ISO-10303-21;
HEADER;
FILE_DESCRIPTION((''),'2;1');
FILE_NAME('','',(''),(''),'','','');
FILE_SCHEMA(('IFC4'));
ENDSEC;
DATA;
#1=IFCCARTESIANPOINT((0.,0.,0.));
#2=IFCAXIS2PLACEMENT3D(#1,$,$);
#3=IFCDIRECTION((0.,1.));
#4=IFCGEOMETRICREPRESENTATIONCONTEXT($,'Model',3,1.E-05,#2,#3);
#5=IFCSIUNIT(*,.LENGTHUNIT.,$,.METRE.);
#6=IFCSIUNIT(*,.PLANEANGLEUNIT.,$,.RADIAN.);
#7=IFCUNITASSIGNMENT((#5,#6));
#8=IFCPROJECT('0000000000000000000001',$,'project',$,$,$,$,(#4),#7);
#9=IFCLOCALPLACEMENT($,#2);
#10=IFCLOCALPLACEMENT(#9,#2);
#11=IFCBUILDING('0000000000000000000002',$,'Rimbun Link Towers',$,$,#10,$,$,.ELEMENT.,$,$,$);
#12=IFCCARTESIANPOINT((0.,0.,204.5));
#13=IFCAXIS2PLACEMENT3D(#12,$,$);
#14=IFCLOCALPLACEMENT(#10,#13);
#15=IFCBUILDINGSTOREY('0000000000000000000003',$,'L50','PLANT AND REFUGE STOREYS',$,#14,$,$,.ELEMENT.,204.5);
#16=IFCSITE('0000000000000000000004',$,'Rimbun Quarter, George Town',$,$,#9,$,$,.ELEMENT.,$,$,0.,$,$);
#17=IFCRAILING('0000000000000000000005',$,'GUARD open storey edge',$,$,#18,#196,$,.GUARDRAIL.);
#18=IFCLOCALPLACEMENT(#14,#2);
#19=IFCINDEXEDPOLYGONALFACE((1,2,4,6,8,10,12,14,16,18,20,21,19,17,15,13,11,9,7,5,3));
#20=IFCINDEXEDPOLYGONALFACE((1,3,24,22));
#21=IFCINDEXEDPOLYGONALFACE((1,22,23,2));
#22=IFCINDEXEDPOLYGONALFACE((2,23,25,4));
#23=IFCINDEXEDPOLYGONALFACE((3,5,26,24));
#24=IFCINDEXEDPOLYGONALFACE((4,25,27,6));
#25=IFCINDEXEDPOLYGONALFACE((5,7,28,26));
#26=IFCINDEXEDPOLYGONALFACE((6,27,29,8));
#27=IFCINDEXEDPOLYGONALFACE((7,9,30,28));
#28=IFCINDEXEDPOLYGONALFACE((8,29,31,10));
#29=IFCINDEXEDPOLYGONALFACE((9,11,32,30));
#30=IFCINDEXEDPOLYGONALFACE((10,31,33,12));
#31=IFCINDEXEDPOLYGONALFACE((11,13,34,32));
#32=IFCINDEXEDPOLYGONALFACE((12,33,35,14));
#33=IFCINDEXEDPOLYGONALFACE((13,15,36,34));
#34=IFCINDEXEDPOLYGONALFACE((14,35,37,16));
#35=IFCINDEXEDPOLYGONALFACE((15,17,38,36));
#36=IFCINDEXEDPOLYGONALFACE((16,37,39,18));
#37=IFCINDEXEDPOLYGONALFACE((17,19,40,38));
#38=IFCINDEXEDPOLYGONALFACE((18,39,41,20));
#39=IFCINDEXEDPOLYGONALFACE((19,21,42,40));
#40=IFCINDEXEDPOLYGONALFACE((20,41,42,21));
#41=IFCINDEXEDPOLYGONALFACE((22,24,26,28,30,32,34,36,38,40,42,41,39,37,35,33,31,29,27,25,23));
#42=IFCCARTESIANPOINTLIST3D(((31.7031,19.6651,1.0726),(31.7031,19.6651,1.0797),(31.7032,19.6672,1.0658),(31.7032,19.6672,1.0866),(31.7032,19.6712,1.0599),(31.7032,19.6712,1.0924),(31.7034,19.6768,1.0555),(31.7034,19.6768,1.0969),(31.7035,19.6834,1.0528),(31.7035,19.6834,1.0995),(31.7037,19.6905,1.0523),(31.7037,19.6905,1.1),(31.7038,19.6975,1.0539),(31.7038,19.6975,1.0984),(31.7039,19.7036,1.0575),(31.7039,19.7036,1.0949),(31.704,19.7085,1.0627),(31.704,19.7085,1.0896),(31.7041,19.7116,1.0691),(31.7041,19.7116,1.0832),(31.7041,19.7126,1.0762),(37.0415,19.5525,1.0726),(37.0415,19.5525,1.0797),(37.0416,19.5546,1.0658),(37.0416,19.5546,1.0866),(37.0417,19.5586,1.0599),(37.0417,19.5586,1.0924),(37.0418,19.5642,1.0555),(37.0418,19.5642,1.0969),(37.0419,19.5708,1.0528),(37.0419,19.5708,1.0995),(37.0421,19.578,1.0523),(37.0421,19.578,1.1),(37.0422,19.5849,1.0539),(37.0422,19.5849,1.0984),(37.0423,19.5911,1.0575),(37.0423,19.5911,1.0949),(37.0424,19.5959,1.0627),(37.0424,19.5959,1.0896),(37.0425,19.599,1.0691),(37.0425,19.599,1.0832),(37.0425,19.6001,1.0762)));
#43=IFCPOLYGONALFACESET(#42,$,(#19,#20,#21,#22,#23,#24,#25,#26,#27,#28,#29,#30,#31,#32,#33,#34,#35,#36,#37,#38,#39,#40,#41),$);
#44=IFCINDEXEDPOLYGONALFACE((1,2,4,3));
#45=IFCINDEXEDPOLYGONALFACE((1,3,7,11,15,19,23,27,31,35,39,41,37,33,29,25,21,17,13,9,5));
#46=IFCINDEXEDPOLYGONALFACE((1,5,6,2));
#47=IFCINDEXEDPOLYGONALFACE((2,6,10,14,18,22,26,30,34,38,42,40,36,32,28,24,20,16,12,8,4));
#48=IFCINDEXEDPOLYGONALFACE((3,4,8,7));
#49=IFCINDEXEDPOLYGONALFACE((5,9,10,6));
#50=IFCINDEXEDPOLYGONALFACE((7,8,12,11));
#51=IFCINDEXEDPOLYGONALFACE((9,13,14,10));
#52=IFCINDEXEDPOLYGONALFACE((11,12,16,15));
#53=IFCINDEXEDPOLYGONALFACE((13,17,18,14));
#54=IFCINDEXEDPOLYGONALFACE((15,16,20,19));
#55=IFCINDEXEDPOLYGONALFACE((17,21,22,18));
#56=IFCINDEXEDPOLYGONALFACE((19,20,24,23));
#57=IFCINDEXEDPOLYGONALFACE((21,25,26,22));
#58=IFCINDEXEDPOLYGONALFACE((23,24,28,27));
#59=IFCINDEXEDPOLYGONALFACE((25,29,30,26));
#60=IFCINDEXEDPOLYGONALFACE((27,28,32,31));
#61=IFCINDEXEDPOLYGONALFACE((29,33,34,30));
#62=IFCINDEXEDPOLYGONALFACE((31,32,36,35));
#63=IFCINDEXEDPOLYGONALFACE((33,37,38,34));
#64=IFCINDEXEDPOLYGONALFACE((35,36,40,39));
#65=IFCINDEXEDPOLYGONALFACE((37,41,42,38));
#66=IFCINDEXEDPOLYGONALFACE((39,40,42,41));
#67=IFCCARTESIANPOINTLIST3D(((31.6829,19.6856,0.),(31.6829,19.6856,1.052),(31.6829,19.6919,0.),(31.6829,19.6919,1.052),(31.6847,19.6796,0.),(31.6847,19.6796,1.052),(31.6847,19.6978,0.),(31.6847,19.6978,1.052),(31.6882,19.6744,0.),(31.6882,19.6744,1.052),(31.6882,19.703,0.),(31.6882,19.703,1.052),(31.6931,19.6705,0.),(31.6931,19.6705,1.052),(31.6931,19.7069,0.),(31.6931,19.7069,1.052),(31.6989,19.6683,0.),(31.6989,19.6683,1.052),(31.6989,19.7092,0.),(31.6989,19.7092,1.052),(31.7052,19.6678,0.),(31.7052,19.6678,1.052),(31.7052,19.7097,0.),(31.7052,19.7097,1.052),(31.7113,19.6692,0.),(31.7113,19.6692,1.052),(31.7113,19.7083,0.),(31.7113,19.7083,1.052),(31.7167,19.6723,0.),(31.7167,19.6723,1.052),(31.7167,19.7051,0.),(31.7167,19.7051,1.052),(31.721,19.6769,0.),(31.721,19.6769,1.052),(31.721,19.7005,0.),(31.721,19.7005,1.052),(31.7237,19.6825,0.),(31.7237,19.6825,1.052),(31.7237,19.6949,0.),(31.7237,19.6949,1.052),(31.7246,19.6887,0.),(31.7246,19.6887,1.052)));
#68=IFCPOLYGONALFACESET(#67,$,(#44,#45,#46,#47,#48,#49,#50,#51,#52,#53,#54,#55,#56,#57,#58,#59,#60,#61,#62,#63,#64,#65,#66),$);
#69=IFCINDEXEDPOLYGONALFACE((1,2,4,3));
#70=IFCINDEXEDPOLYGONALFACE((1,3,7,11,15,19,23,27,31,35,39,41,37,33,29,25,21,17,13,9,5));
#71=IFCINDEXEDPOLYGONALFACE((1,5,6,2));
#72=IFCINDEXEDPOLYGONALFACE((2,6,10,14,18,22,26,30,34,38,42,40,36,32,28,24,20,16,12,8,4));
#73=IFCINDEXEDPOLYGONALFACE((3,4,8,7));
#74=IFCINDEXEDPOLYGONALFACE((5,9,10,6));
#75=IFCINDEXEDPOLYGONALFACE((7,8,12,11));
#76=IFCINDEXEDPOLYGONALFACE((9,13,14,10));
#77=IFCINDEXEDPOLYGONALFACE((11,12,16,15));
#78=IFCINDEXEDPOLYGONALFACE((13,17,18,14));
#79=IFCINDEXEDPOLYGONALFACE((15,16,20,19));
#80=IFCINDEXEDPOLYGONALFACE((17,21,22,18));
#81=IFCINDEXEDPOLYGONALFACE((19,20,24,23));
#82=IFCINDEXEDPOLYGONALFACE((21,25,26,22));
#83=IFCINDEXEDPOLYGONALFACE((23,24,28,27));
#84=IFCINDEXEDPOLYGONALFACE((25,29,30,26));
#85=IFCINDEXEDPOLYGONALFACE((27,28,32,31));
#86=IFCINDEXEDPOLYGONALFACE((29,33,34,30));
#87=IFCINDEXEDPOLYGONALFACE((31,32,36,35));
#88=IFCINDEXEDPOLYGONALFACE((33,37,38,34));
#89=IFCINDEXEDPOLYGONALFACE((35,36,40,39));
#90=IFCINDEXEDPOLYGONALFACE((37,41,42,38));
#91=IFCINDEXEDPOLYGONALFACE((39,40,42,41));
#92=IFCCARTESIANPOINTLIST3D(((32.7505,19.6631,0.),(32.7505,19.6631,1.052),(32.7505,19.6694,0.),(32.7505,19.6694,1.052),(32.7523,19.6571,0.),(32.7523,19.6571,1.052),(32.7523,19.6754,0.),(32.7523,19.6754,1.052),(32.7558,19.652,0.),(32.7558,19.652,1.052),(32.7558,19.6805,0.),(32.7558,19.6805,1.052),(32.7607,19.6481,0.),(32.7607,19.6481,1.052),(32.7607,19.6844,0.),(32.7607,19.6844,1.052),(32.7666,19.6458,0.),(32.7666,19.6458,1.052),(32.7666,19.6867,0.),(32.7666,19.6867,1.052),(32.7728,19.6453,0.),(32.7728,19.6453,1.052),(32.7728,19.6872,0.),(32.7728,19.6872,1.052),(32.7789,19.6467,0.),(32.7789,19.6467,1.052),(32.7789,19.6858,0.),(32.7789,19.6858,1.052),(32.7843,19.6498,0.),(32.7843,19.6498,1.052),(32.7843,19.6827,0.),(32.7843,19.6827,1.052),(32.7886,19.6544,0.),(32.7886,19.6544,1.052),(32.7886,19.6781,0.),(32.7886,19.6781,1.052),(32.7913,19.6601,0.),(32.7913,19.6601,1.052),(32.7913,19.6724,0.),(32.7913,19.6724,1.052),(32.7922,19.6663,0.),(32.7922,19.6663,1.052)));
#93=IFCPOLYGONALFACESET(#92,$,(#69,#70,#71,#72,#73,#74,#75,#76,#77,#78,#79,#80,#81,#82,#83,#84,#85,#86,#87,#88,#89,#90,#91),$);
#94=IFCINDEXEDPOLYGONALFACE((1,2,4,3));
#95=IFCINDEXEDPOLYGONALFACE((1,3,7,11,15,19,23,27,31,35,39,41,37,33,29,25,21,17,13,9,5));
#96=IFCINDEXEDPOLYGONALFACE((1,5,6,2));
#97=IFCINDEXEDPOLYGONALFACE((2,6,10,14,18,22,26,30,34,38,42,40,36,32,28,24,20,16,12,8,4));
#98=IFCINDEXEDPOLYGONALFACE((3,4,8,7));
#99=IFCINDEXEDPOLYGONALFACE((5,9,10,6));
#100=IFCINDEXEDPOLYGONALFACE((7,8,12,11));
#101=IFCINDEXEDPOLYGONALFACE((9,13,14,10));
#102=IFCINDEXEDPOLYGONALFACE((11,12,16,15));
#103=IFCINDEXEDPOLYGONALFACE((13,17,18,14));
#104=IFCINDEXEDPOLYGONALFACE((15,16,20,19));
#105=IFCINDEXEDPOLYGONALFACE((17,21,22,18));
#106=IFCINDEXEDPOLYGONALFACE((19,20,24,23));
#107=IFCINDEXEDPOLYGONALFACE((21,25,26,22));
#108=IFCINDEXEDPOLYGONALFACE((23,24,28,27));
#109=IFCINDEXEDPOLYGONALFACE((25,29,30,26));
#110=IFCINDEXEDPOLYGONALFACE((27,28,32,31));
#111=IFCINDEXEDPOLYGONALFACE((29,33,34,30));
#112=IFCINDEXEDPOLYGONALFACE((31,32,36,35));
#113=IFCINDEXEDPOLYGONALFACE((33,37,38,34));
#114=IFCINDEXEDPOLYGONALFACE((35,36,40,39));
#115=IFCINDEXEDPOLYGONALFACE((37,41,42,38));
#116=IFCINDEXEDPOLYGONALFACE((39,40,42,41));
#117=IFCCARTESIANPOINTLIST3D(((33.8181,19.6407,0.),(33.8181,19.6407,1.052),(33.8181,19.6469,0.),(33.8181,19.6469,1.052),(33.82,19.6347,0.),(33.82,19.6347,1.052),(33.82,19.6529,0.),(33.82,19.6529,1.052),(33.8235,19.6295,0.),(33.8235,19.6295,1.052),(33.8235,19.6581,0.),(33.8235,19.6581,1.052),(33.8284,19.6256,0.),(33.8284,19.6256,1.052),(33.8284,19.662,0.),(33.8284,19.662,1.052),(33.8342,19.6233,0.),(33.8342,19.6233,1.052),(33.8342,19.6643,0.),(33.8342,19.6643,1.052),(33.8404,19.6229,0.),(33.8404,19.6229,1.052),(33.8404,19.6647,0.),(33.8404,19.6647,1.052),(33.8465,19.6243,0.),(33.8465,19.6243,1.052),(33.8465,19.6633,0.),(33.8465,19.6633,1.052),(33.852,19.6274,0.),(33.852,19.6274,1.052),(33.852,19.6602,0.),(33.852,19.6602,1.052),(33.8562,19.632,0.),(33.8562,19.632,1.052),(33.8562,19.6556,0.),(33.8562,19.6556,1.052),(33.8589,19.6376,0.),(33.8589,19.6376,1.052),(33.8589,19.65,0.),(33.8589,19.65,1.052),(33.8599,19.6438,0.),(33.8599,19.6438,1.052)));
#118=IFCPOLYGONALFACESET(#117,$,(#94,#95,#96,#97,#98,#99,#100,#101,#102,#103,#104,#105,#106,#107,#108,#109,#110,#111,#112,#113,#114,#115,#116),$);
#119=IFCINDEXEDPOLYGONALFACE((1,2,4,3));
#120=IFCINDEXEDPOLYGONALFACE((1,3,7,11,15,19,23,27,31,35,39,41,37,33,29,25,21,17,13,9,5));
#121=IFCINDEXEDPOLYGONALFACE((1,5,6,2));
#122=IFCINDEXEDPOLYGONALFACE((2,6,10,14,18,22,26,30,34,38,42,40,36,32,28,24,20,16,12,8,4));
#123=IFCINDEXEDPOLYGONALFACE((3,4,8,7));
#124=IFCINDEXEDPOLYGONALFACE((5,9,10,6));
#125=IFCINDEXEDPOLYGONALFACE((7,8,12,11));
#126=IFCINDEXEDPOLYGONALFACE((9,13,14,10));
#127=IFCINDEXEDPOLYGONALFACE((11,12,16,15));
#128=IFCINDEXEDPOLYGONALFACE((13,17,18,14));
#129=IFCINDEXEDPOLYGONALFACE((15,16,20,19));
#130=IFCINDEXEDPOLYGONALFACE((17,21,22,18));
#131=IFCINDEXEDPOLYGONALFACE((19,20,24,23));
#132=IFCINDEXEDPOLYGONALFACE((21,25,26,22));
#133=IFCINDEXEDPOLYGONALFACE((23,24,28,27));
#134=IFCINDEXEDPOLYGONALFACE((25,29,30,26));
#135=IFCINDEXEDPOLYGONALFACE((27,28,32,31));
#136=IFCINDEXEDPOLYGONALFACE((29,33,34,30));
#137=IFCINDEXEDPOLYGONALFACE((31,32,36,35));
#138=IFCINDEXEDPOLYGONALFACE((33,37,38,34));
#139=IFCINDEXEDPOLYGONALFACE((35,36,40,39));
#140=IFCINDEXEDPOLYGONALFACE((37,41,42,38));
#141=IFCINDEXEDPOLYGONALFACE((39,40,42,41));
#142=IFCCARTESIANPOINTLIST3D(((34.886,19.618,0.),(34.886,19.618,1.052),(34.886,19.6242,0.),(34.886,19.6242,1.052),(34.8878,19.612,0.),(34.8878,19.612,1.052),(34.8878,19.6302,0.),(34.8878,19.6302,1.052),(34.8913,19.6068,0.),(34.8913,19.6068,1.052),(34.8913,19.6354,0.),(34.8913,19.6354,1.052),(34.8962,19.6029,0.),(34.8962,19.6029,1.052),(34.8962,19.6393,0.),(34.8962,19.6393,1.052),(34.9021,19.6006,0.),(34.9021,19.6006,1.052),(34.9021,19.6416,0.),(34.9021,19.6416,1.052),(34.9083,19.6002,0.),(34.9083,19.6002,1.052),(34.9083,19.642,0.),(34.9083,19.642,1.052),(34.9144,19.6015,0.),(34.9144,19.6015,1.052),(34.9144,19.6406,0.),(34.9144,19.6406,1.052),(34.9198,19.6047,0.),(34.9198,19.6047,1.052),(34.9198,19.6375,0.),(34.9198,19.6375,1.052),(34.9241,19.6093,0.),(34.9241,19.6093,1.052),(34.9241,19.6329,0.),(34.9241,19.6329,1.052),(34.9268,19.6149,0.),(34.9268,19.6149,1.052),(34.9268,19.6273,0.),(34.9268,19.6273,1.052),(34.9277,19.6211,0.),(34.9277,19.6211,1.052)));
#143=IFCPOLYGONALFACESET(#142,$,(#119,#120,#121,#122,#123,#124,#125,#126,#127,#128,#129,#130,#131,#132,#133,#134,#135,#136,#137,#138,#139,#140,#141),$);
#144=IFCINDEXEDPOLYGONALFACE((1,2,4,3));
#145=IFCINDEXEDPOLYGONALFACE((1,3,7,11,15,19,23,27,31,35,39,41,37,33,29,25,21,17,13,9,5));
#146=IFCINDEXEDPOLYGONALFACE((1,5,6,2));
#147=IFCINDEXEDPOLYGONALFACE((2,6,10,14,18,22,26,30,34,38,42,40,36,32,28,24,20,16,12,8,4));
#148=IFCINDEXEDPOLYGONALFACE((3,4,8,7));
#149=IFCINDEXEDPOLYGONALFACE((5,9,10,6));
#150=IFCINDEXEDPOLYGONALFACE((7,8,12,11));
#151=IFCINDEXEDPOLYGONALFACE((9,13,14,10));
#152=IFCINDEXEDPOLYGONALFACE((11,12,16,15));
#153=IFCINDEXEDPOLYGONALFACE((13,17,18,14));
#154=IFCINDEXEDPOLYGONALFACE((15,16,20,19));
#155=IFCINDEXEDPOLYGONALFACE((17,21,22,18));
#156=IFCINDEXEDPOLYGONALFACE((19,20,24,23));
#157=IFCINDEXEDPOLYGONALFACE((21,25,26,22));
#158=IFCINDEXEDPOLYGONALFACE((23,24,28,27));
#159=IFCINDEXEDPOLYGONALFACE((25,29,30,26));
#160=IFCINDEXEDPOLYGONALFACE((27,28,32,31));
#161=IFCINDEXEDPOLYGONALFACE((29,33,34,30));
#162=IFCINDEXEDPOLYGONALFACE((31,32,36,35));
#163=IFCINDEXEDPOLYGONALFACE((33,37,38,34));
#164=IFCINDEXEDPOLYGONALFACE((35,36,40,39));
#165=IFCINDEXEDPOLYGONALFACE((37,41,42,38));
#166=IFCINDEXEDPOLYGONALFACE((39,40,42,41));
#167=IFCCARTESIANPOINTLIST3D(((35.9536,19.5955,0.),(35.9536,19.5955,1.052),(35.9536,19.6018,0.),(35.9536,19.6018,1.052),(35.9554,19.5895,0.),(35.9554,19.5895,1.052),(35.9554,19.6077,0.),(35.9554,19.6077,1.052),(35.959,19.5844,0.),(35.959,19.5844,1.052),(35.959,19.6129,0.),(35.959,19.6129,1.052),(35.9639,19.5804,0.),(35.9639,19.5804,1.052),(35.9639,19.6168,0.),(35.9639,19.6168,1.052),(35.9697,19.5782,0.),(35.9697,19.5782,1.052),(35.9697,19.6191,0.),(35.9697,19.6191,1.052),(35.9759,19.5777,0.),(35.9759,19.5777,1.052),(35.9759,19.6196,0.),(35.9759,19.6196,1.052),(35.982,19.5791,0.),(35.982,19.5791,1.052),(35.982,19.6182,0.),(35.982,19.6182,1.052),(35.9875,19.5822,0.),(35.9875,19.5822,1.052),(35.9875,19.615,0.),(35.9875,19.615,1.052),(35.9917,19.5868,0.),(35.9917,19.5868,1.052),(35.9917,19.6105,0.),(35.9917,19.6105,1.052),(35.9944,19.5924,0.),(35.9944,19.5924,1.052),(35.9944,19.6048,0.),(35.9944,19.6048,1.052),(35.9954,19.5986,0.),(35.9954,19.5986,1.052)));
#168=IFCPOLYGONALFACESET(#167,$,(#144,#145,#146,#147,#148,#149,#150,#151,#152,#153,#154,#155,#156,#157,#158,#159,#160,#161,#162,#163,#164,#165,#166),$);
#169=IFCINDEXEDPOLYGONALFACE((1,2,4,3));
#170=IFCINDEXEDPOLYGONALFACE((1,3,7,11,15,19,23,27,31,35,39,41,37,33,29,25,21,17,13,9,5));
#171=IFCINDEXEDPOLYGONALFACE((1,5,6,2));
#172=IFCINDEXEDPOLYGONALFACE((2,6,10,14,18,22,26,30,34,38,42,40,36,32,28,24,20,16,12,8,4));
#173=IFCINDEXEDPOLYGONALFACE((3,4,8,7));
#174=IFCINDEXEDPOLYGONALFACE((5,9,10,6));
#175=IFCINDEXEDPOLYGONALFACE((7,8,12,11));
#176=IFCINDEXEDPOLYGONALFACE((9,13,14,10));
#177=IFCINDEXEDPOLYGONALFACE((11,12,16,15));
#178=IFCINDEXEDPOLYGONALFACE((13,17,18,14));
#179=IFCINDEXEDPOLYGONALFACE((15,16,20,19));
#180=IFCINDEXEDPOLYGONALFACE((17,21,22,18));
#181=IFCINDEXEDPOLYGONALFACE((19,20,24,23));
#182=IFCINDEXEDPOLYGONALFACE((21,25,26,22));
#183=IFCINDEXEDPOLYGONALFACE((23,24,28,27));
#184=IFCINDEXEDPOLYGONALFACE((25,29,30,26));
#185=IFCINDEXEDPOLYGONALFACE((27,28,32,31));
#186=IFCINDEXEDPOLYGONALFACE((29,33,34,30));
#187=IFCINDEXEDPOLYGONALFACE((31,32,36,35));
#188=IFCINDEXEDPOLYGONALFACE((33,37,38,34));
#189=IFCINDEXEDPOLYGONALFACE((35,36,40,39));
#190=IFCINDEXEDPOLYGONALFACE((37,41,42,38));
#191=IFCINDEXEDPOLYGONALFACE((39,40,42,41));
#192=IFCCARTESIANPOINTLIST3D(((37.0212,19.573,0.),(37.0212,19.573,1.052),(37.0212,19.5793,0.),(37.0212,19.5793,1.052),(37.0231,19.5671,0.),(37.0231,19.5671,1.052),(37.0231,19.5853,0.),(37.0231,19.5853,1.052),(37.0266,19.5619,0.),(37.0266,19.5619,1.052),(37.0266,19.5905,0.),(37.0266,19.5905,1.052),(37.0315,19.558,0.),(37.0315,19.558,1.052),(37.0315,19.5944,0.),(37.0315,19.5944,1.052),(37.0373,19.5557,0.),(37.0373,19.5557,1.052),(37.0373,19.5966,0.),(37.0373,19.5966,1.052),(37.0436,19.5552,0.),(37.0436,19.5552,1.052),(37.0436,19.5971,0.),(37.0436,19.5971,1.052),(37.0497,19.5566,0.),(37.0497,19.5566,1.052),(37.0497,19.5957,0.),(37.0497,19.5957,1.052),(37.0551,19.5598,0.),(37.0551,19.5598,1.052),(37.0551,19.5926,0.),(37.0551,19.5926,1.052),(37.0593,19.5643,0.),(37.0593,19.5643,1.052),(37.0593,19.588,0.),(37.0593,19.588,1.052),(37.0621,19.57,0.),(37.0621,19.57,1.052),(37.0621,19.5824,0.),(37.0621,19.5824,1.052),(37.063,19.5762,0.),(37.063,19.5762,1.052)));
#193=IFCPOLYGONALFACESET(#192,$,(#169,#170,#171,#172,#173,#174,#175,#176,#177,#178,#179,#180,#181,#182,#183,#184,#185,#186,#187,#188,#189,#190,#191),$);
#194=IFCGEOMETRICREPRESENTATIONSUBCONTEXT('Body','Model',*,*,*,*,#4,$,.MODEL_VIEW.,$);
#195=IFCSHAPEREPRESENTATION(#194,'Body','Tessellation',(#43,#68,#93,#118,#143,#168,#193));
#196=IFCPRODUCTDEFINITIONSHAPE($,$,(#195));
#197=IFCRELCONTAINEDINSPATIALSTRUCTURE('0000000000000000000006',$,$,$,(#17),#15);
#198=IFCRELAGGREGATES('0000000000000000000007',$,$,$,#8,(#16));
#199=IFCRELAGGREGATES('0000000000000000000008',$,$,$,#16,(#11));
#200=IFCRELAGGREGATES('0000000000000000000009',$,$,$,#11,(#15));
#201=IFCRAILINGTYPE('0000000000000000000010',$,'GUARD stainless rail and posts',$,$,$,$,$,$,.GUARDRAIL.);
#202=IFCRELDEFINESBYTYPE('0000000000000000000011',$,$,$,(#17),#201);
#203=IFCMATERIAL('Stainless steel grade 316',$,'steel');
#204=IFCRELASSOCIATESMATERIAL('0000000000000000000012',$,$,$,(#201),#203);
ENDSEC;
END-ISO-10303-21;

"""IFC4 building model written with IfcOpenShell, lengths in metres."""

from ifc_helpers import new_model, si_unit, direction, frame, origin, origin_2d, place, context, subcontext, project, spatial, circle, extrude, material, type_object, element, save


model = new_model("IFC4")

# Units and contexts
model_context = context("Model", 3, precision=1e-05, world=origin(), true_north=direction((0.0, 1.0)))
body_context = subcontext(model_context, "Body", "Model", "MODEL_VIEW")
ifc_project = project(units=[si_unit("LENGTHUNIT", "METRE"), si_unit("PLANEANGLEUNIT", "RADIAN")], contexts=[model_context])

# Site, building, storey
site_placement = place(None, origin())
site = spatial("IfcSite", under=ifc_project, at=site_placement, Name="Rimbun Quarter, George Town", CompositionType="ELEMENT", RefElevation=0.0)
building_placement = place(site_placement, origin())
building = spatial("IfcBuilding", under=site, at=building_placement, Name="Rimbun Link Towers", CompositionType="ELEMENT")
storey_placement = place(building_placement, frame((0.0, 0.0, 204.5)))
storey = spatial("IfcBuildingStorey", under=building, at=storey_placement, Name="L50", Description="PLANT AND REFUGE STOREYS", CompositionType="ELEMENT", Elevation=204.5)

# Railing
ifc_material_1 = material(Name="Stainless steel grade 316", Category="steel")
railing_type = type_object("IfcRailingType", Name="GUARD stainless rail and posts", PredefinedType="GUARDRAIL", material=ifc_material_1)
railing_placement = place(storey_placement, frame((31.7036, 19.6887, 0.0)))
element("IfcRailing", 1, at=railing_placement, inside=storey, type_object=railing_type, Name="GUARD open storey edge", PredefinedType="GUARDRAIL", context=body_context, shape_type="SweptSolid", body=[
    extrude(circle(Radius=0.0239, at=origin_2d()), frame((0.0, 0.0, 1.0762), z_axis=(0.999778, -0.021078, 0.0), x_axis=(0.021078, 0.999778, 0.0)), (0.0, 0.0, 1.0), 5.3396),
    extrude(circle(Radius=0.021, at=origin_2d()), origin(), (0.0, 0.0, 1.0), 1.052),
    extrude(circle(Radius=0.021, at=origin_2d()), frame((1.0676, -0.0225, 0.0)), (0.0, 0.0, 1.0), 1.052),
    extrude(circle(Radius=0.021, at=origin_2d()), frame((2.1353, -0.0449, 0.0)), (0.0, 0.0, 1.0), 1.052),
    extrude(circle(Radius=0.021, at=origin_2d()), frame((3.2031, -0.0676, 0.0)), (0.0, 0.0, 1.0), 1.052),
    extrude(circle(Radius=0.021, at=origin_2d()), frame((4.2708, -0.0901, 0.0)), (0.0, 0.0, 1.0), 1.052),
    extrude(circle(Radius=0.021, at=origin_2d()), frame((5.3384, -0.1125, 0.0)), (0.0, 0.0, 1.0), 1.052),
])

save(model, "model.ifc")
